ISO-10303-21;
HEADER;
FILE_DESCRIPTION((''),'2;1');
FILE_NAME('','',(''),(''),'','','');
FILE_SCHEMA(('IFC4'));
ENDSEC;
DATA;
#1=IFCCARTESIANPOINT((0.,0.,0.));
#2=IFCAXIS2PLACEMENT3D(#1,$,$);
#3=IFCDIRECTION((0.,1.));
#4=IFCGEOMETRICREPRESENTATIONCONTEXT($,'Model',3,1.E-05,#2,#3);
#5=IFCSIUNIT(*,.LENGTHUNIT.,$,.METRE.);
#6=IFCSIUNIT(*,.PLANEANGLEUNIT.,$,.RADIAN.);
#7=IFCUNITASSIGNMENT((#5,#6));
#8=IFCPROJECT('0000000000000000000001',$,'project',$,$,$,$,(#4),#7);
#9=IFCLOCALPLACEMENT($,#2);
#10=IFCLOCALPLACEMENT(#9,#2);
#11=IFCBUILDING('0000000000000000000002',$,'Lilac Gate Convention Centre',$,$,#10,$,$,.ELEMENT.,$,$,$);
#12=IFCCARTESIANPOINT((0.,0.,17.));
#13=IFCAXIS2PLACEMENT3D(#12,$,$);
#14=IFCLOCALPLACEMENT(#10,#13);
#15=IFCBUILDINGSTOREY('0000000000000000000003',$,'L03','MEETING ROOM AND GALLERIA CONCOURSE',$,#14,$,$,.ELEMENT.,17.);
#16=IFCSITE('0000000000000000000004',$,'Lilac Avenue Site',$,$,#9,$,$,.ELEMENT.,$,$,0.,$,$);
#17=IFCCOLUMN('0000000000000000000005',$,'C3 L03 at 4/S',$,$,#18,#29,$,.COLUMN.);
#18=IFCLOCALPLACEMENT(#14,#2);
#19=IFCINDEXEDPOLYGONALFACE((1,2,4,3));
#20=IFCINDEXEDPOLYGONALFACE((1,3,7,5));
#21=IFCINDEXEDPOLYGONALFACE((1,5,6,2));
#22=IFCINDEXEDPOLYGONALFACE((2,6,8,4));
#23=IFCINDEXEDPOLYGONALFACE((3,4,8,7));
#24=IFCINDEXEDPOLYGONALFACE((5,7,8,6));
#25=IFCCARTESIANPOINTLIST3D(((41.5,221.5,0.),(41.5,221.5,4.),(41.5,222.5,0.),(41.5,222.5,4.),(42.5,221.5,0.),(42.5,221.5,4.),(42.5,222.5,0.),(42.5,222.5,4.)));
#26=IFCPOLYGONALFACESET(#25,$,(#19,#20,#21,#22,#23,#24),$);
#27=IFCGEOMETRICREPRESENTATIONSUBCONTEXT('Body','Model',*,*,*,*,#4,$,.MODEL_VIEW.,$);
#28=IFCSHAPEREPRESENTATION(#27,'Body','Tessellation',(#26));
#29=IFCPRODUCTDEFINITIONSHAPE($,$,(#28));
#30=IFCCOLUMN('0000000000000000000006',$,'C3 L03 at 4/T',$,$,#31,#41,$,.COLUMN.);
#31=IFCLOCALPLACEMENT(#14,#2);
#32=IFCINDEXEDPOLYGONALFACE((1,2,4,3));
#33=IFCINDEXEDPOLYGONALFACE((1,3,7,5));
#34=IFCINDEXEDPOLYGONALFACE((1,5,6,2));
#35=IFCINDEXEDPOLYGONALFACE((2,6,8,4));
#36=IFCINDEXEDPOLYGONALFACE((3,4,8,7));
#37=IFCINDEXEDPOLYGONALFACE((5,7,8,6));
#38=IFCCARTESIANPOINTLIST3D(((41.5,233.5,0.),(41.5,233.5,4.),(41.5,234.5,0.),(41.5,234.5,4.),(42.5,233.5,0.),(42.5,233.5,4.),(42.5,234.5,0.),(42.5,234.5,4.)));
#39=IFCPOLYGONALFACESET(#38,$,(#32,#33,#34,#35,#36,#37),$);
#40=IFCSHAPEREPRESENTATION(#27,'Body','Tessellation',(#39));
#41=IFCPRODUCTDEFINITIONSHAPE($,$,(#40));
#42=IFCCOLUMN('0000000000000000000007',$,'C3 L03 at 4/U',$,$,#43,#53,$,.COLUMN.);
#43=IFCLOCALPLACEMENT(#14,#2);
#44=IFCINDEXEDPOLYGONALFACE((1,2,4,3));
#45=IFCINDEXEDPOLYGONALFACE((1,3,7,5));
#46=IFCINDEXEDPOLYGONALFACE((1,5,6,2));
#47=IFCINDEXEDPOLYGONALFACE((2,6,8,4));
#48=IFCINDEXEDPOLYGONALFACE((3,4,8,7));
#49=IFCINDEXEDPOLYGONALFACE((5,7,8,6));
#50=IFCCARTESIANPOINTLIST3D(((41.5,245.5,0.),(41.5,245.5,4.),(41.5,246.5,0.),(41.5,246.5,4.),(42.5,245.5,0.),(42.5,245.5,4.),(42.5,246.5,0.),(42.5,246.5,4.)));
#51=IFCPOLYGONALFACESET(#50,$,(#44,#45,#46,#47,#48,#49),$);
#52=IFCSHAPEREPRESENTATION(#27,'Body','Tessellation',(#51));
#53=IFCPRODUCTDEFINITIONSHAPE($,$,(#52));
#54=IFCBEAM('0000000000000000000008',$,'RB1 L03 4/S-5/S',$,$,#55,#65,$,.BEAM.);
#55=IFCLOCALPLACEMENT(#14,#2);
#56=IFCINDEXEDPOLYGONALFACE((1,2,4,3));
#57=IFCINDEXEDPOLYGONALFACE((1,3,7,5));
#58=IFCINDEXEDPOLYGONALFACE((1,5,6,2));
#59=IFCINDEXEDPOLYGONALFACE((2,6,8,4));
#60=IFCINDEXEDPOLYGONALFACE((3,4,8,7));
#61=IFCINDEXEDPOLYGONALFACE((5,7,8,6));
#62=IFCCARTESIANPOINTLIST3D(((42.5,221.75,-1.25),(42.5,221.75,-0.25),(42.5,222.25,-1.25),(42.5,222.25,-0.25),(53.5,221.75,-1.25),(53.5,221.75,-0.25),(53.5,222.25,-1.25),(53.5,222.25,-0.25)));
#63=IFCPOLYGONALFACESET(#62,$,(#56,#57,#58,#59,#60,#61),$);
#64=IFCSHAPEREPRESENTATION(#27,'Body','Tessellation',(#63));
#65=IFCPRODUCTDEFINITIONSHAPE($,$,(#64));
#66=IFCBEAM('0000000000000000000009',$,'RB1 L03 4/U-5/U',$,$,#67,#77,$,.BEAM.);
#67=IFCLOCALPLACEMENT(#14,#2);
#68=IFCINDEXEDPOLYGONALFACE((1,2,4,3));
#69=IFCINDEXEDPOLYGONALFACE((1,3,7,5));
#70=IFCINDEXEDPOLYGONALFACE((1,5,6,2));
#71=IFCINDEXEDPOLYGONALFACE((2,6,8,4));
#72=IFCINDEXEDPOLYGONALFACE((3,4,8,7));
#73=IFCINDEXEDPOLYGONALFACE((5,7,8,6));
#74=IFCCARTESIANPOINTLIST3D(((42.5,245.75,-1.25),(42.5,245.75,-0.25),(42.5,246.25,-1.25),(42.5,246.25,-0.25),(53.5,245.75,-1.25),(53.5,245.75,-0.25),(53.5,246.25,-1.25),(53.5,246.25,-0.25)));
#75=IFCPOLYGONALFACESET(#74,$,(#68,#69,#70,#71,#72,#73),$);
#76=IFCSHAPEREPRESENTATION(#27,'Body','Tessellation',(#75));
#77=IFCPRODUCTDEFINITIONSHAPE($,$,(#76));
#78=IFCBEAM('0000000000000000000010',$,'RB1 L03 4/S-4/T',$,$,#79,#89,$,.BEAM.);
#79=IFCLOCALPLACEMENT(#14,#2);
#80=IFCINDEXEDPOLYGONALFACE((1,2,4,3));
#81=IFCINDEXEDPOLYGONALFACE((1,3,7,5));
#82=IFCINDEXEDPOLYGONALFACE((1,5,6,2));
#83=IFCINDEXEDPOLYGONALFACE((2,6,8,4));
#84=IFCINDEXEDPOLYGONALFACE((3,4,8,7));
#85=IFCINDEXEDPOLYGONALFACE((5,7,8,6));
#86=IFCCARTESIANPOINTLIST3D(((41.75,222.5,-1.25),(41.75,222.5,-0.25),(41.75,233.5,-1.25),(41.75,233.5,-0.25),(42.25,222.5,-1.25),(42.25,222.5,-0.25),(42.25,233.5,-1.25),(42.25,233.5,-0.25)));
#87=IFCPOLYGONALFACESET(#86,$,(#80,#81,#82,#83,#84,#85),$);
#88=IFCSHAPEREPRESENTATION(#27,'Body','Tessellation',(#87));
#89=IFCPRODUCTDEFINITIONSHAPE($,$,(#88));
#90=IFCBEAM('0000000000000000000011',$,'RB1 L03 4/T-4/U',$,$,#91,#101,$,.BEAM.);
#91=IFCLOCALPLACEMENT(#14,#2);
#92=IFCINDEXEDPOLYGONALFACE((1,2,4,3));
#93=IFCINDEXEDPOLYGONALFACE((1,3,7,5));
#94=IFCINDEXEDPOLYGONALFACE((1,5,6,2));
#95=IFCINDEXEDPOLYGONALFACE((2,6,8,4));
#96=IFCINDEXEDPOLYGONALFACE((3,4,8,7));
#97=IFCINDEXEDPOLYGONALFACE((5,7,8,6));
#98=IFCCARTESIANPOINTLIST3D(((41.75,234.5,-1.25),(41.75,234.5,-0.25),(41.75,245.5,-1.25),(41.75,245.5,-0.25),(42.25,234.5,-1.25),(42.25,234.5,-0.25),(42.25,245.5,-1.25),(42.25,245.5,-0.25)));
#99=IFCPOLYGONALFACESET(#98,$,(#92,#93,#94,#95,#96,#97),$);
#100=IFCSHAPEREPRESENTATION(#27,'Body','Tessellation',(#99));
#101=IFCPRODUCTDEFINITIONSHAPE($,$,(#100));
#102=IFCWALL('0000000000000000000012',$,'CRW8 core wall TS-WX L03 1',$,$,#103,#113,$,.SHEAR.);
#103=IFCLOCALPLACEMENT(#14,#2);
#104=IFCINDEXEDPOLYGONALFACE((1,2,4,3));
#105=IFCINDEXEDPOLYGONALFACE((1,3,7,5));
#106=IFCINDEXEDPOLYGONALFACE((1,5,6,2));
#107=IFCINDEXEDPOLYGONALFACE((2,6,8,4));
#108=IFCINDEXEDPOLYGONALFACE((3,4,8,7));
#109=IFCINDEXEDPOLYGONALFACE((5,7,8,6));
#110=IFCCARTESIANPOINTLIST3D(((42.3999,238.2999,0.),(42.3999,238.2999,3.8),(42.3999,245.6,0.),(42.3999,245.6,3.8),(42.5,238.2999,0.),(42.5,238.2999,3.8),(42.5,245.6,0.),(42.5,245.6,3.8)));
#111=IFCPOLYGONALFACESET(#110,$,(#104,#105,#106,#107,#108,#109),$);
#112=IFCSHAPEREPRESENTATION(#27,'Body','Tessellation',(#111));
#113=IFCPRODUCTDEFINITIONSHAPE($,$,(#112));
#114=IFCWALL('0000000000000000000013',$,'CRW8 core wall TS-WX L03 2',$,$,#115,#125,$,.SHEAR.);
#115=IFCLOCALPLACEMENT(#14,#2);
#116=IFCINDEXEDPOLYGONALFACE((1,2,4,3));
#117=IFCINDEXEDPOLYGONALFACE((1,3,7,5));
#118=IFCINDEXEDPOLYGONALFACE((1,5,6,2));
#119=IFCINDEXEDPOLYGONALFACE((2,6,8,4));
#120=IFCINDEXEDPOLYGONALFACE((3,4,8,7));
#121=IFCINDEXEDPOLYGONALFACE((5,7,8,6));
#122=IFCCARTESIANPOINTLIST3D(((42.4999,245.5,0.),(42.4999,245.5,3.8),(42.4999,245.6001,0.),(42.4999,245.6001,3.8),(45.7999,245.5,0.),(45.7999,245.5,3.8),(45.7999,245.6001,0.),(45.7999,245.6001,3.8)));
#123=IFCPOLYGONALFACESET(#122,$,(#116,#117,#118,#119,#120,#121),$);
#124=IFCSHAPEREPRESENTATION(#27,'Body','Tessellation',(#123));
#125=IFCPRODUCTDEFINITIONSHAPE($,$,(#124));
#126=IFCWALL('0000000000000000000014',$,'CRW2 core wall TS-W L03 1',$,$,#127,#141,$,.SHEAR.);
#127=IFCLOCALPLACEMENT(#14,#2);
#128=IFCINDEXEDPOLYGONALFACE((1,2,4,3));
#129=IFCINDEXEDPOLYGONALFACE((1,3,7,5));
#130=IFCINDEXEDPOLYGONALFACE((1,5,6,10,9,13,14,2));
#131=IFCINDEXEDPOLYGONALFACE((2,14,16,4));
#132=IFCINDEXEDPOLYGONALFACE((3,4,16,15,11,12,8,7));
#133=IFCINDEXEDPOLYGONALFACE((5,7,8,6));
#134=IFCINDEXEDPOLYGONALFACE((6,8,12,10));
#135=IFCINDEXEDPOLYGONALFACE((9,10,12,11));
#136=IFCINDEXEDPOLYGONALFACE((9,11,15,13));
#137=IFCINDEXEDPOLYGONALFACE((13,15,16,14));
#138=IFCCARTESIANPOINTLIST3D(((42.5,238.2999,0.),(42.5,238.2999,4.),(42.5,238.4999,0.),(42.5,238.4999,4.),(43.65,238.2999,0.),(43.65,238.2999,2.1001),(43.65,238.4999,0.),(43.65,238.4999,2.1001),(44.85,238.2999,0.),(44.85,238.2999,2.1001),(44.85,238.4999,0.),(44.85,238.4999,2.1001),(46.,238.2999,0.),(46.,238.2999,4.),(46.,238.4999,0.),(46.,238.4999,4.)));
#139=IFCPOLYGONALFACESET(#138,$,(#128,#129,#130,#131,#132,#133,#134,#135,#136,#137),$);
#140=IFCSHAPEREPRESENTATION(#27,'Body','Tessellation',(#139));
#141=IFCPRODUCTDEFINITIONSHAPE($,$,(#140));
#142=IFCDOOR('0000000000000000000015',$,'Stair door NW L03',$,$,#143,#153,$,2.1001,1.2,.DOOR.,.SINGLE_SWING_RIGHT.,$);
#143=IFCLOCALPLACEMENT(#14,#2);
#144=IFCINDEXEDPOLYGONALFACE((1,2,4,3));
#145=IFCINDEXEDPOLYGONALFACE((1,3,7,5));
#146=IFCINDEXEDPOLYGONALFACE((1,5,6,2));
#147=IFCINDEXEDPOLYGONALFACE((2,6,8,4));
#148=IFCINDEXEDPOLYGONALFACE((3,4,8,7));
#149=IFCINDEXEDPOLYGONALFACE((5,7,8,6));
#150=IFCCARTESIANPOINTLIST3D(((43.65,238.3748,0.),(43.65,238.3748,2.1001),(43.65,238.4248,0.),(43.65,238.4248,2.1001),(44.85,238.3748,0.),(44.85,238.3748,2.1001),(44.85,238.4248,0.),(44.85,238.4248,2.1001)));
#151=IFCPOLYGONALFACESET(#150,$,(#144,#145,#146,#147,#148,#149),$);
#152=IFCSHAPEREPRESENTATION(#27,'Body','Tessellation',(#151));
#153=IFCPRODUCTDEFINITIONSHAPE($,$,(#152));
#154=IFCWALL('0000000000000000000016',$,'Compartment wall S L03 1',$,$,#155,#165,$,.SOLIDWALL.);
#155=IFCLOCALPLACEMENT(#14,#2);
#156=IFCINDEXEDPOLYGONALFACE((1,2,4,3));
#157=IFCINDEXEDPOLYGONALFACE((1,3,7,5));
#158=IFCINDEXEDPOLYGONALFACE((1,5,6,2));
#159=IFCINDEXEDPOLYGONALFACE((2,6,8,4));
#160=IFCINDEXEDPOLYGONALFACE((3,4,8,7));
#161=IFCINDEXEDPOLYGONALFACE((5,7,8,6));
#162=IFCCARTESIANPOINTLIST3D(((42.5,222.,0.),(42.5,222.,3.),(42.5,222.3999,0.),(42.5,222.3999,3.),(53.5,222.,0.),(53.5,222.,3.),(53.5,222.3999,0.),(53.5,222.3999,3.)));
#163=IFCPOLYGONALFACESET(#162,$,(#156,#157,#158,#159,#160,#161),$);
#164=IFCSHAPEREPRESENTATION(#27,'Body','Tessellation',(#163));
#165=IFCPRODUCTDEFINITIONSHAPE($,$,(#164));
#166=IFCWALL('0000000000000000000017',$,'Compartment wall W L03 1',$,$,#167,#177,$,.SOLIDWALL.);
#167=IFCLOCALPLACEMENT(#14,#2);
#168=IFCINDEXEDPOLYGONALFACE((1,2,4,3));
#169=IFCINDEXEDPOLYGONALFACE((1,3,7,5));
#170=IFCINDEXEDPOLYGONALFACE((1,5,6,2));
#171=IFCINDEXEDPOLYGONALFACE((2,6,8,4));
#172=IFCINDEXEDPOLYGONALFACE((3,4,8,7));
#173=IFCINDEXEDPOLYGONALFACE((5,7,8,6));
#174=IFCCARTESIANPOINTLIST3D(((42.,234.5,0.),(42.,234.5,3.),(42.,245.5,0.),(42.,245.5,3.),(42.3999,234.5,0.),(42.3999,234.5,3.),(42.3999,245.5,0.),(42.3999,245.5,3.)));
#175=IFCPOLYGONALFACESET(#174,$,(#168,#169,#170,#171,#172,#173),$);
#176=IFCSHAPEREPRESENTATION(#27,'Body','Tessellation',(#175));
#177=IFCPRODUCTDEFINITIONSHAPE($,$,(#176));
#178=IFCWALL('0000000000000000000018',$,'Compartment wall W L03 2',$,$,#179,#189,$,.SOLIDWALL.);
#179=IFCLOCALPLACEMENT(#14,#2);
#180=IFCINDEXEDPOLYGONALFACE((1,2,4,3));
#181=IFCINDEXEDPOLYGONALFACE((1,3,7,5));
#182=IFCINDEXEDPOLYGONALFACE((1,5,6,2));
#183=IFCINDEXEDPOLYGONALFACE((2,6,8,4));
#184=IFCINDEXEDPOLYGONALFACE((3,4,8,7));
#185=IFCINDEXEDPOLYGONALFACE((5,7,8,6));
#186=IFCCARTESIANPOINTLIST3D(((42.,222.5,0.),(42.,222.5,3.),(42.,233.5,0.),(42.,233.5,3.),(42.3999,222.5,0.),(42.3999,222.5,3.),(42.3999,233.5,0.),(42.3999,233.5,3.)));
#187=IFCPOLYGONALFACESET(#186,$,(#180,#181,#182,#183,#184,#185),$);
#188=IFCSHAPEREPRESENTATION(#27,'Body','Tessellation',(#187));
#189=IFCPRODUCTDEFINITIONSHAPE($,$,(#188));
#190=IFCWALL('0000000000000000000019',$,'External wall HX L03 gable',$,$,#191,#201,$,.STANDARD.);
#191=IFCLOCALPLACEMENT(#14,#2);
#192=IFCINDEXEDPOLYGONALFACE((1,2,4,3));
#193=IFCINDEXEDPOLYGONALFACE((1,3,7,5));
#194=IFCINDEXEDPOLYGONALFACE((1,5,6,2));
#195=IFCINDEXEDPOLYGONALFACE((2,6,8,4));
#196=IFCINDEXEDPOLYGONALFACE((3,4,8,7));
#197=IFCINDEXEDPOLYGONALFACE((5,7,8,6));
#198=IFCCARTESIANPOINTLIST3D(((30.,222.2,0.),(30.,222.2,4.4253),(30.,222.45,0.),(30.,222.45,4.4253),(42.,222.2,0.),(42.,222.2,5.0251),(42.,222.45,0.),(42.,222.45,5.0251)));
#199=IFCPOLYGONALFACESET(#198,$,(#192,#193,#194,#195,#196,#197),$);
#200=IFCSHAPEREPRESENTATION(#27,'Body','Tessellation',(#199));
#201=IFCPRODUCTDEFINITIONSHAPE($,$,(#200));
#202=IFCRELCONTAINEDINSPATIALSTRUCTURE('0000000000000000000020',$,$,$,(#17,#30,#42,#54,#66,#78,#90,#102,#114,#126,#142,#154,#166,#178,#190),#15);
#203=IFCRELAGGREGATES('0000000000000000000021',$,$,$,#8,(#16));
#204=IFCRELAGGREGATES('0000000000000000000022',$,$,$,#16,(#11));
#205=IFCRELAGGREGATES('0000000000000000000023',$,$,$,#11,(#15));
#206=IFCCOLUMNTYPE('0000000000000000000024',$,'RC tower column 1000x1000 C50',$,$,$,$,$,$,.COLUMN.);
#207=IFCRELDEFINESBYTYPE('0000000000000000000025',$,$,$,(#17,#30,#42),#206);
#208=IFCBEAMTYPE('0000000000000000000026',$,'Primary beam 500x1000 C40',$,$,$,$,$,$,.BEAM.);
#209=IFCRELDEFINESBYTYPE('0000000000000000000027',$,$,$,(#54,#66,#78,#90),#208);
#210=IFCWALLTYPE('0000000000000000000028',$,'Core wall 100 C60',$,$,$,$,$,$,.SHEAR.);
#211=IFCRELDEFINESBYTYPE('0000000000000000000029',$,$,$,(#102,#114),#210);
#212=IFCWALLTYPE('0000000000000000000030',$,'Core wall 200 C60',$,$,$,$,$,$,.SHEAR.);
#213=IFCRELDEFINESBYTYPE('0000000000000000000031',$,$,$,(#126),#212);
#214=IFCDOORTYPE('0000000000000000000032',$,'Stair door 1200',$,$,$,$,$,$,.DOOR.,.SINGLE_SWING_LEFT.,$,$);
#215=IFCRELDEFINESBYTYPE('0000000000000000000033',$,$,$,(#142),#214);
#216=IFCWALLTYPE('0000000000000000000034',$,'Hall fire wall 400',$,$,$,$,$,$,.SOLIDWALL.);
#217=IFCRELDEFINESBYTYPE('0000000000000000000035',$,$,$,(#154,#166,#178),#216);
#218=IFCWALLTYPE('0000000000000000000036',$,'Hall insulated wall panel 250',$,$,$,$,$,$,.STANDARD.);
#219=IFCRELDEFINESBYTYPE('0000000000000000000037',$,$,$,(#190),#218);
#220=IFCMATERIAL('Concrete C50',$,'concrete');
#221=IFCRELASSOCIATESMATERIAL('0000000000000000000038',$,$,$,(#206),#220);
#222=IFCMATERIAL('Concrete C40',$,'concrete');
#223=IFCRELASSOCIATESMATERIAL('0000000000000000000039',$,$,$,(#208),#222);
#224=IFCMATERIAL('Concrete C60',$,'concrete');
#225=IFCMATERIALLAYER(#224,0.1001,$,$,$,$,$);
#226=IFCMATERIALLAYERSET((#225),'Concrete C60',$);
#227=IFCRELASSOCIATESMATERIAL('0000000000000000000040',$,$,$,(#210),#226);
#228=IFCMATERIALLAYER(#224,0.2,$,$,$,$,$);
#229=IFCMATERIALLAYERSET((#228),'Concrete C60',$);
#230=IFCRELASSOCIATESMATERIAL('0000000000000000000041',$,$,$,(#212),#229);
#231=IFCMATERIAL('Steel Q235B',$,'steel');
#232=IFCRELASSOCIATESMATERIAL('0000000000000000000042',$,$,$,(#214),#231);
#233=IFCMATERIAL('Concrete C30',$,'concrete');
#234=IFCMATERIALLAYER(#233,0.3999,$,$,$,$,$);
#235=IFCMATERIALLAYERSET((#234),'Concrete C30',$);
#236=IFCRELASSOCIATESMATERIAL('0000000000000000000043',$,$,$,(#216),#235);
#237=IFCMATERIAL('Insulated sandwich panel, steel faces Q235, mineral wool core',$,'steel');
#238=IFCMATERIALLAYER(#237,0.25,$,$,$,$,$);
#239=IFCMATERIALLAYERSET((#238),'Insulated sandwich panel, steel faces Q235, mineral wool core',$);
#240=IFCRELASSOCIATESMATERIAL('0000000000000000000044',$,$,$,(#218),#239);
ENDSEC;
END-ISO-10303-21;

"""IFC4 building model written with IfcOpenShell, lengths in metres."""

from ifc_helpers import new_model, si_unit, direction, frame, frame_2d, origin, origin_2d, place, context, subcontext, project, spatial, polyline, rectangle, outline, extrude, material, layer, layer_set, material_profile, profile_set, type_object, element, fill, save


model = new_model("IFC4")

# Units and contexts
model_context = context("Model", 3, precision=1e-05, world=origin(), true_north=direction((0.0, 1.0)))
body_context = subcontext(model_context, "Body", "Model", "MODEL_VIEW")
ifc_project = project(units=[si_unit("LENGTHUNIT", "METRE"), si_unit("PLANEANGLEUNIT", "RADIAN")], contexts=[model_context])

# Site, building, storey
site_placement = place(None, origin())
site = spatial("IfcSite", under=ifc_project, at=site_placement, Name="Lilac Avenue Site", CompositionType="ELEMENT", RefElevation=0.0)
building_placement = place(site_placement, origin())
building = spatial("IfcBuilding", under=site, at=building_placement, Name="Lilac Gate Convention Centre", CompositionType="ELEMENT")
storey_placement = place(building_placement, frame((0.0, 0.0, 17.0)))
storey = spatial("IfcBuildingStorey", under=building, at=storey_placement, Name="L03", Description="MEETING ROOM AND GALLERIA CONCOURSE", CompositionType="ELEMENT", Elevation=17.0)

# Columns
ifc_material_1 = material(Name="Concrete C50", Category="concrete")
ifc_material_profile_1 = material_profile(ifc_material_1, rectangle(XDim=1.0, YDim=1.0, at=origin_2d()), Name="RC 1000x1000")
ifc_profile_set_1 = profile_set([ifc_material_profile_1], Name="Concrete C50")
column_type = type_object("IfcColumnType", Name="RC tower column 1000x1000 C50", PredefinedType="COLUMN", material=ifc_profile_set_1)
for number, where, z_axis, x_axis, name in (
    (1, (42.0, 222.0, 0.0), (0.0, 0.0, 1.0), (1.0, 0.0, 0.0), "C3 L03 at 4/S"),
    (2, (42.0, 234.0, 0.0), (0.0, 0.0, 1.0), (1.0, 0.0, 0.0), "C3 L03 at 4/T"),
    (3, (42.0, 246.0, 0.0), (0.0, 0.0, 1.0), (1.0, 0.0, 0.0), "C3 L03 at 4/U"),
):
    element("IfcColumn", number, at=place(storey_placement, frame(where, z_axis=z_axis, x_axis=x_axis)), inside=storey, type_object=column_type, Name=name, PredefinedType="COLUMN", context=body_context, shape_type="SweptSolid", body=[
        extrude(rectangle(XDim=1.0, YDim=1.0, at=origin_2d()), origin(), (0.0, 0.0, 1.0), 4.0),
    ])

# Beams
ifc_material_2 = material(Name="Concrete C40", Category="concrete")
ifc_material_profile_2 = material_profile(ifc_material_2, rectangle(XDim=0.5, YDim=1.0, at=origin_2d()), Name="RC 500x1000")
ifc_profile_set_2 = profile_set([ifc_material_profile_2], Name="Concrete C40")
beam_type = type_object("IfcBeamType", Name="Primary beam 500x1000 C40", PredefinedType="BEAM", material=ifc_profile_set_2)
for number, where, z_axis, x_axis, name in (
    (4, (42.5, 222.0, -0.75), (1.0, 0.0, 0.0), (0.0, 1.0, 0.0), "RB1 L03 4/S-5/S"),
    (5, (42.5, 246.0, -0.75), (1.0, 0.0, 0.0), (0.0, 1.0, 0.0), "RB1 L03 4/U-5/U"),
    (6, (42.0, 222.5, -0.75), (0.0, 1.0, 0.0), (-1.0, 0.0, 0.0), "RB1 L03 4/S-4/T"),
    (7, (42.0, 234.5, -0.75), (0.0, 1.0, 0.0), (-1.0, 0.0, 0.0), "RB1 L03 4/T-4/U"),
):
    element("IfcBeam", number, at=place(storey_placement, frame(where, z_axis=z_axis, x_axis=x_axis)), inside=storey, type_object=beam_type, Name=name, PredefinedType="BEAM", context=body_context, shape_type="SweptSolid", body=[
        extrude(rectangle(XDim=0.5, YDim=1.0, at=origin_2d()), origin(), (0.0, 0.0, 1.0), 11.0),
    ])

# Walls
ifc_material_3 = material(Name="Concrete C60", Category="concrete")
ifc_layer_1 = layer(ifc_material_3, 0.1001)
ifc_layer_set_1 = layer_set([ifc_layer_1], Name="Concrete C60")
wall_type_1 = type_object("IfcWallType", Name="Core wall 100 C60", PredefinedType="SHEAR", material=ifc_layer_set_1)
wall_1_placement = place(storey_placement, frame((42.45, 238.3, 0.0), z_axis=(0.0, 0.0, 1.0), x_axis=(0.0, 1.0, 0.0)))
element("IfcWall", 8, at=wall_1_placement, inside=storey, type_object=wall_type_1, Name="CRW8 core wall TS-WX L03 1", PredefinedType="SHEAR", context=body_context, shape_type="SweptSolid", body=[
    extrude(rectangle(XDim=7.3, YDim=0.1001, at=frame_2d((3.6499, 0.0))), origin(), (0.0, 0.0, 1.0), 3.8),
])
wall_2_placement = place(storey_placement, frame((42.5, 245.55, 0.0), z_axis=(0.0, 0.0, 1.0), x_axis=(1.0, 0.0, 0.0)))
element("IfcWall", 9, at=wall_2_placement, inside=storey, type_object=wall_type_1, Name="CRW8 core wall TS-WX L03 2", PredefinedType="SHEAR", context=body_context, shape_type="SweptSolid", body=[
    extrude(rectangle(XDim=3.3, YDim=0.1001, at=frame_2d((1.6499, 0.0))), origin(), (0.0, 0.0, 1.0), 3.8),
])

# Wall, opening, door
ifc_layer_2 = layer(ifc_material_3, 0.2)
ifc_layer_set_2 = layer_set([ifc_layer_2], Name="Concrete C60")
wall_type_2 = type_object("IfcWallType", Name="Core wall 200 C60", PredefinedType="SHEAR", material=ifc_layer_set_2)
wall_3_placement = place(storey_placement, frame((42.5, 238.3999, 0.0), z_axis=(0.0, 0.0, 1.0), x_axis=(1.0, 0.0, 0.0)))
wall_3 = element("IfcWall", 10, at=wall_3_placement, inside=storey, type_object=wall_type_2, Name="CRW2 core wall TS-W L03 1", PredefinedType="SHEAR", context=body_context, shape_type="SweptSolid", body=[
    extrude(rectangle(XDim=3.5, YDim=0.2, at=frame_2d((1.75, 0.0))), origin(), (0.0, 0.0, 1.0), 4.0),
])
opening_placement = place(wall_3_placement, frame((1.1499, 0.0, 0.0)))
opening = element("IfcOpeningElement", 11, at=opening_placement, cuts=wall_3, PredefinedType="OPENING", context=body_context, shape_type="SweptSolid", body=[
    extrude(rectangle(XDim=1.2, YDim=2.1001, at=frame_2d((0.6001, 1.05))), frame((0.0, 0.1099, 0.0), z_axis=(0.0, -1.0, 0.0), x_axis=(1.0, 0.0, 0.0)), (0.0, 0.0, 1.0), 0.22),
])
ifc_material_4 = material(Name="Steel Q235B", Category="steel")
door_type = type_object("IfcDoorType", Name="Stair door 1200", OperationType="SINGLE_SWING_LEFT", PredefinedType="DOOR", material=ifc_material_4)
door_placement = place(opening_placement, origin())
door = element("IfcDoor", 12, at=door_placement, inside=storey, type_object=door_type, Name="Stair door NW L03", OperationType="SINGLE_SWING_RIGHT", OverallHeight=2.1001, OverallWidth=1.2, PredefinedType="DOOR", context=body_context, shape_type="SweptSolid", body=[
    extrude(rectangle(XDim=1.2, YDim=2.1001, at=frame_2d((0.6001, 1.05))), frame((0.0, 0.0249, 0.0), z_axis=(0.0, -1.0, 0.0), x_axis=(1.0, 0.0, 0.0)), (0.0, 0.0, 1.0), 0.05),
])
fill(opening, door)

# Walls
ifc_material_5 = material(Name="Concrete C30", Category="concrete")
ifc_layer_3 = layer(ifc_material_5, 0.3999)
ifc_layer_set_3 = layer_set([ifc_layer_3], Name="Concrete C30")
wall_type_3 = type_object("IfcWallType", Name="Hall fire wall 400", PredefinedType="SOLIDWALL", material=ifc_layer_set_3)
for number, where, z_axis, x_axis, name in (
    (13, (42.5, 222.2, 0.0), (0.0, 0.0, 1.0), (1.0, 0.0, 0.0), "Compartment wall S L03 1"),
    (14, (42.2, 245.5, 0.0), (0.0, 0.0, 1.0), (0.0, -1.0, 0.0), "Compartment wall W L03 1"),
    (15, (42.2, 233.5, 0.0), (0.0, 0.0, 1.0), (0.0, -1.0, 0.0), "Compartment wall W L03 2"),
):
    element("IfcWall", number, at=place(storey_placement, frame(where, z_axis=z_axis, x_axis=x_axis)), inside=storey, type_object=wall_type_3, Name=name, PredefinedType="SOLIDWALL", context=body_context, shape_type="SweptSolid", body=[
        extrude(rectangle(XDim=11.0, YDim=0.3999, at=frame_2d((5.5, 0.0))), origin(), (0.0, 0.0, 1.0), 3.0),
    ])
ifc_material_6 = material(Name="Insulated sandwich panel, steel faces Q235, mineral wool core", Category="steel")
ifc_layer_4 = layer(ifc_material_6, 0.25)
ifc_layer_set_4 = layer_set([ifc_layer_4], Name="Insulated sandwich panel, steel faces Q235, mineral wool core")
wall_type_4 = type_object("IfcWallType", Name="Hall insulated wall panel 250", PredefinedType="STANDARD", material=ifc_layer_set_4)
wall_4_placement = place(storey_placement, frame((42.0, 222.325, 0.0), z_axis=(0.0, 0.0, 1.0), x_axis=(-1.0, 0.0, 0.0)))
element("IfcWall", 16, at=wall_4_placement, inside=storey, type_object=wall_type_4, Name="External wall HX L03 gable", PredefinedType="STANDARD", context=body_context, shape_type="SweptSolid", body=[
    extrude(outline(polyline([(0.0, 0.0), (12.0, 0.0), (12.0, 4.4253), (0.0, 5.0251), (0.0, 0.0)])), frame((0.0, 0.125, 0.0), z_axis=(0.0, -1.0, 0.0), x_axis=(1.0, 0.0, 0.0)), (0.0, 0.0, 1.0), 0.25),
])

save(model, "model.ifc")
